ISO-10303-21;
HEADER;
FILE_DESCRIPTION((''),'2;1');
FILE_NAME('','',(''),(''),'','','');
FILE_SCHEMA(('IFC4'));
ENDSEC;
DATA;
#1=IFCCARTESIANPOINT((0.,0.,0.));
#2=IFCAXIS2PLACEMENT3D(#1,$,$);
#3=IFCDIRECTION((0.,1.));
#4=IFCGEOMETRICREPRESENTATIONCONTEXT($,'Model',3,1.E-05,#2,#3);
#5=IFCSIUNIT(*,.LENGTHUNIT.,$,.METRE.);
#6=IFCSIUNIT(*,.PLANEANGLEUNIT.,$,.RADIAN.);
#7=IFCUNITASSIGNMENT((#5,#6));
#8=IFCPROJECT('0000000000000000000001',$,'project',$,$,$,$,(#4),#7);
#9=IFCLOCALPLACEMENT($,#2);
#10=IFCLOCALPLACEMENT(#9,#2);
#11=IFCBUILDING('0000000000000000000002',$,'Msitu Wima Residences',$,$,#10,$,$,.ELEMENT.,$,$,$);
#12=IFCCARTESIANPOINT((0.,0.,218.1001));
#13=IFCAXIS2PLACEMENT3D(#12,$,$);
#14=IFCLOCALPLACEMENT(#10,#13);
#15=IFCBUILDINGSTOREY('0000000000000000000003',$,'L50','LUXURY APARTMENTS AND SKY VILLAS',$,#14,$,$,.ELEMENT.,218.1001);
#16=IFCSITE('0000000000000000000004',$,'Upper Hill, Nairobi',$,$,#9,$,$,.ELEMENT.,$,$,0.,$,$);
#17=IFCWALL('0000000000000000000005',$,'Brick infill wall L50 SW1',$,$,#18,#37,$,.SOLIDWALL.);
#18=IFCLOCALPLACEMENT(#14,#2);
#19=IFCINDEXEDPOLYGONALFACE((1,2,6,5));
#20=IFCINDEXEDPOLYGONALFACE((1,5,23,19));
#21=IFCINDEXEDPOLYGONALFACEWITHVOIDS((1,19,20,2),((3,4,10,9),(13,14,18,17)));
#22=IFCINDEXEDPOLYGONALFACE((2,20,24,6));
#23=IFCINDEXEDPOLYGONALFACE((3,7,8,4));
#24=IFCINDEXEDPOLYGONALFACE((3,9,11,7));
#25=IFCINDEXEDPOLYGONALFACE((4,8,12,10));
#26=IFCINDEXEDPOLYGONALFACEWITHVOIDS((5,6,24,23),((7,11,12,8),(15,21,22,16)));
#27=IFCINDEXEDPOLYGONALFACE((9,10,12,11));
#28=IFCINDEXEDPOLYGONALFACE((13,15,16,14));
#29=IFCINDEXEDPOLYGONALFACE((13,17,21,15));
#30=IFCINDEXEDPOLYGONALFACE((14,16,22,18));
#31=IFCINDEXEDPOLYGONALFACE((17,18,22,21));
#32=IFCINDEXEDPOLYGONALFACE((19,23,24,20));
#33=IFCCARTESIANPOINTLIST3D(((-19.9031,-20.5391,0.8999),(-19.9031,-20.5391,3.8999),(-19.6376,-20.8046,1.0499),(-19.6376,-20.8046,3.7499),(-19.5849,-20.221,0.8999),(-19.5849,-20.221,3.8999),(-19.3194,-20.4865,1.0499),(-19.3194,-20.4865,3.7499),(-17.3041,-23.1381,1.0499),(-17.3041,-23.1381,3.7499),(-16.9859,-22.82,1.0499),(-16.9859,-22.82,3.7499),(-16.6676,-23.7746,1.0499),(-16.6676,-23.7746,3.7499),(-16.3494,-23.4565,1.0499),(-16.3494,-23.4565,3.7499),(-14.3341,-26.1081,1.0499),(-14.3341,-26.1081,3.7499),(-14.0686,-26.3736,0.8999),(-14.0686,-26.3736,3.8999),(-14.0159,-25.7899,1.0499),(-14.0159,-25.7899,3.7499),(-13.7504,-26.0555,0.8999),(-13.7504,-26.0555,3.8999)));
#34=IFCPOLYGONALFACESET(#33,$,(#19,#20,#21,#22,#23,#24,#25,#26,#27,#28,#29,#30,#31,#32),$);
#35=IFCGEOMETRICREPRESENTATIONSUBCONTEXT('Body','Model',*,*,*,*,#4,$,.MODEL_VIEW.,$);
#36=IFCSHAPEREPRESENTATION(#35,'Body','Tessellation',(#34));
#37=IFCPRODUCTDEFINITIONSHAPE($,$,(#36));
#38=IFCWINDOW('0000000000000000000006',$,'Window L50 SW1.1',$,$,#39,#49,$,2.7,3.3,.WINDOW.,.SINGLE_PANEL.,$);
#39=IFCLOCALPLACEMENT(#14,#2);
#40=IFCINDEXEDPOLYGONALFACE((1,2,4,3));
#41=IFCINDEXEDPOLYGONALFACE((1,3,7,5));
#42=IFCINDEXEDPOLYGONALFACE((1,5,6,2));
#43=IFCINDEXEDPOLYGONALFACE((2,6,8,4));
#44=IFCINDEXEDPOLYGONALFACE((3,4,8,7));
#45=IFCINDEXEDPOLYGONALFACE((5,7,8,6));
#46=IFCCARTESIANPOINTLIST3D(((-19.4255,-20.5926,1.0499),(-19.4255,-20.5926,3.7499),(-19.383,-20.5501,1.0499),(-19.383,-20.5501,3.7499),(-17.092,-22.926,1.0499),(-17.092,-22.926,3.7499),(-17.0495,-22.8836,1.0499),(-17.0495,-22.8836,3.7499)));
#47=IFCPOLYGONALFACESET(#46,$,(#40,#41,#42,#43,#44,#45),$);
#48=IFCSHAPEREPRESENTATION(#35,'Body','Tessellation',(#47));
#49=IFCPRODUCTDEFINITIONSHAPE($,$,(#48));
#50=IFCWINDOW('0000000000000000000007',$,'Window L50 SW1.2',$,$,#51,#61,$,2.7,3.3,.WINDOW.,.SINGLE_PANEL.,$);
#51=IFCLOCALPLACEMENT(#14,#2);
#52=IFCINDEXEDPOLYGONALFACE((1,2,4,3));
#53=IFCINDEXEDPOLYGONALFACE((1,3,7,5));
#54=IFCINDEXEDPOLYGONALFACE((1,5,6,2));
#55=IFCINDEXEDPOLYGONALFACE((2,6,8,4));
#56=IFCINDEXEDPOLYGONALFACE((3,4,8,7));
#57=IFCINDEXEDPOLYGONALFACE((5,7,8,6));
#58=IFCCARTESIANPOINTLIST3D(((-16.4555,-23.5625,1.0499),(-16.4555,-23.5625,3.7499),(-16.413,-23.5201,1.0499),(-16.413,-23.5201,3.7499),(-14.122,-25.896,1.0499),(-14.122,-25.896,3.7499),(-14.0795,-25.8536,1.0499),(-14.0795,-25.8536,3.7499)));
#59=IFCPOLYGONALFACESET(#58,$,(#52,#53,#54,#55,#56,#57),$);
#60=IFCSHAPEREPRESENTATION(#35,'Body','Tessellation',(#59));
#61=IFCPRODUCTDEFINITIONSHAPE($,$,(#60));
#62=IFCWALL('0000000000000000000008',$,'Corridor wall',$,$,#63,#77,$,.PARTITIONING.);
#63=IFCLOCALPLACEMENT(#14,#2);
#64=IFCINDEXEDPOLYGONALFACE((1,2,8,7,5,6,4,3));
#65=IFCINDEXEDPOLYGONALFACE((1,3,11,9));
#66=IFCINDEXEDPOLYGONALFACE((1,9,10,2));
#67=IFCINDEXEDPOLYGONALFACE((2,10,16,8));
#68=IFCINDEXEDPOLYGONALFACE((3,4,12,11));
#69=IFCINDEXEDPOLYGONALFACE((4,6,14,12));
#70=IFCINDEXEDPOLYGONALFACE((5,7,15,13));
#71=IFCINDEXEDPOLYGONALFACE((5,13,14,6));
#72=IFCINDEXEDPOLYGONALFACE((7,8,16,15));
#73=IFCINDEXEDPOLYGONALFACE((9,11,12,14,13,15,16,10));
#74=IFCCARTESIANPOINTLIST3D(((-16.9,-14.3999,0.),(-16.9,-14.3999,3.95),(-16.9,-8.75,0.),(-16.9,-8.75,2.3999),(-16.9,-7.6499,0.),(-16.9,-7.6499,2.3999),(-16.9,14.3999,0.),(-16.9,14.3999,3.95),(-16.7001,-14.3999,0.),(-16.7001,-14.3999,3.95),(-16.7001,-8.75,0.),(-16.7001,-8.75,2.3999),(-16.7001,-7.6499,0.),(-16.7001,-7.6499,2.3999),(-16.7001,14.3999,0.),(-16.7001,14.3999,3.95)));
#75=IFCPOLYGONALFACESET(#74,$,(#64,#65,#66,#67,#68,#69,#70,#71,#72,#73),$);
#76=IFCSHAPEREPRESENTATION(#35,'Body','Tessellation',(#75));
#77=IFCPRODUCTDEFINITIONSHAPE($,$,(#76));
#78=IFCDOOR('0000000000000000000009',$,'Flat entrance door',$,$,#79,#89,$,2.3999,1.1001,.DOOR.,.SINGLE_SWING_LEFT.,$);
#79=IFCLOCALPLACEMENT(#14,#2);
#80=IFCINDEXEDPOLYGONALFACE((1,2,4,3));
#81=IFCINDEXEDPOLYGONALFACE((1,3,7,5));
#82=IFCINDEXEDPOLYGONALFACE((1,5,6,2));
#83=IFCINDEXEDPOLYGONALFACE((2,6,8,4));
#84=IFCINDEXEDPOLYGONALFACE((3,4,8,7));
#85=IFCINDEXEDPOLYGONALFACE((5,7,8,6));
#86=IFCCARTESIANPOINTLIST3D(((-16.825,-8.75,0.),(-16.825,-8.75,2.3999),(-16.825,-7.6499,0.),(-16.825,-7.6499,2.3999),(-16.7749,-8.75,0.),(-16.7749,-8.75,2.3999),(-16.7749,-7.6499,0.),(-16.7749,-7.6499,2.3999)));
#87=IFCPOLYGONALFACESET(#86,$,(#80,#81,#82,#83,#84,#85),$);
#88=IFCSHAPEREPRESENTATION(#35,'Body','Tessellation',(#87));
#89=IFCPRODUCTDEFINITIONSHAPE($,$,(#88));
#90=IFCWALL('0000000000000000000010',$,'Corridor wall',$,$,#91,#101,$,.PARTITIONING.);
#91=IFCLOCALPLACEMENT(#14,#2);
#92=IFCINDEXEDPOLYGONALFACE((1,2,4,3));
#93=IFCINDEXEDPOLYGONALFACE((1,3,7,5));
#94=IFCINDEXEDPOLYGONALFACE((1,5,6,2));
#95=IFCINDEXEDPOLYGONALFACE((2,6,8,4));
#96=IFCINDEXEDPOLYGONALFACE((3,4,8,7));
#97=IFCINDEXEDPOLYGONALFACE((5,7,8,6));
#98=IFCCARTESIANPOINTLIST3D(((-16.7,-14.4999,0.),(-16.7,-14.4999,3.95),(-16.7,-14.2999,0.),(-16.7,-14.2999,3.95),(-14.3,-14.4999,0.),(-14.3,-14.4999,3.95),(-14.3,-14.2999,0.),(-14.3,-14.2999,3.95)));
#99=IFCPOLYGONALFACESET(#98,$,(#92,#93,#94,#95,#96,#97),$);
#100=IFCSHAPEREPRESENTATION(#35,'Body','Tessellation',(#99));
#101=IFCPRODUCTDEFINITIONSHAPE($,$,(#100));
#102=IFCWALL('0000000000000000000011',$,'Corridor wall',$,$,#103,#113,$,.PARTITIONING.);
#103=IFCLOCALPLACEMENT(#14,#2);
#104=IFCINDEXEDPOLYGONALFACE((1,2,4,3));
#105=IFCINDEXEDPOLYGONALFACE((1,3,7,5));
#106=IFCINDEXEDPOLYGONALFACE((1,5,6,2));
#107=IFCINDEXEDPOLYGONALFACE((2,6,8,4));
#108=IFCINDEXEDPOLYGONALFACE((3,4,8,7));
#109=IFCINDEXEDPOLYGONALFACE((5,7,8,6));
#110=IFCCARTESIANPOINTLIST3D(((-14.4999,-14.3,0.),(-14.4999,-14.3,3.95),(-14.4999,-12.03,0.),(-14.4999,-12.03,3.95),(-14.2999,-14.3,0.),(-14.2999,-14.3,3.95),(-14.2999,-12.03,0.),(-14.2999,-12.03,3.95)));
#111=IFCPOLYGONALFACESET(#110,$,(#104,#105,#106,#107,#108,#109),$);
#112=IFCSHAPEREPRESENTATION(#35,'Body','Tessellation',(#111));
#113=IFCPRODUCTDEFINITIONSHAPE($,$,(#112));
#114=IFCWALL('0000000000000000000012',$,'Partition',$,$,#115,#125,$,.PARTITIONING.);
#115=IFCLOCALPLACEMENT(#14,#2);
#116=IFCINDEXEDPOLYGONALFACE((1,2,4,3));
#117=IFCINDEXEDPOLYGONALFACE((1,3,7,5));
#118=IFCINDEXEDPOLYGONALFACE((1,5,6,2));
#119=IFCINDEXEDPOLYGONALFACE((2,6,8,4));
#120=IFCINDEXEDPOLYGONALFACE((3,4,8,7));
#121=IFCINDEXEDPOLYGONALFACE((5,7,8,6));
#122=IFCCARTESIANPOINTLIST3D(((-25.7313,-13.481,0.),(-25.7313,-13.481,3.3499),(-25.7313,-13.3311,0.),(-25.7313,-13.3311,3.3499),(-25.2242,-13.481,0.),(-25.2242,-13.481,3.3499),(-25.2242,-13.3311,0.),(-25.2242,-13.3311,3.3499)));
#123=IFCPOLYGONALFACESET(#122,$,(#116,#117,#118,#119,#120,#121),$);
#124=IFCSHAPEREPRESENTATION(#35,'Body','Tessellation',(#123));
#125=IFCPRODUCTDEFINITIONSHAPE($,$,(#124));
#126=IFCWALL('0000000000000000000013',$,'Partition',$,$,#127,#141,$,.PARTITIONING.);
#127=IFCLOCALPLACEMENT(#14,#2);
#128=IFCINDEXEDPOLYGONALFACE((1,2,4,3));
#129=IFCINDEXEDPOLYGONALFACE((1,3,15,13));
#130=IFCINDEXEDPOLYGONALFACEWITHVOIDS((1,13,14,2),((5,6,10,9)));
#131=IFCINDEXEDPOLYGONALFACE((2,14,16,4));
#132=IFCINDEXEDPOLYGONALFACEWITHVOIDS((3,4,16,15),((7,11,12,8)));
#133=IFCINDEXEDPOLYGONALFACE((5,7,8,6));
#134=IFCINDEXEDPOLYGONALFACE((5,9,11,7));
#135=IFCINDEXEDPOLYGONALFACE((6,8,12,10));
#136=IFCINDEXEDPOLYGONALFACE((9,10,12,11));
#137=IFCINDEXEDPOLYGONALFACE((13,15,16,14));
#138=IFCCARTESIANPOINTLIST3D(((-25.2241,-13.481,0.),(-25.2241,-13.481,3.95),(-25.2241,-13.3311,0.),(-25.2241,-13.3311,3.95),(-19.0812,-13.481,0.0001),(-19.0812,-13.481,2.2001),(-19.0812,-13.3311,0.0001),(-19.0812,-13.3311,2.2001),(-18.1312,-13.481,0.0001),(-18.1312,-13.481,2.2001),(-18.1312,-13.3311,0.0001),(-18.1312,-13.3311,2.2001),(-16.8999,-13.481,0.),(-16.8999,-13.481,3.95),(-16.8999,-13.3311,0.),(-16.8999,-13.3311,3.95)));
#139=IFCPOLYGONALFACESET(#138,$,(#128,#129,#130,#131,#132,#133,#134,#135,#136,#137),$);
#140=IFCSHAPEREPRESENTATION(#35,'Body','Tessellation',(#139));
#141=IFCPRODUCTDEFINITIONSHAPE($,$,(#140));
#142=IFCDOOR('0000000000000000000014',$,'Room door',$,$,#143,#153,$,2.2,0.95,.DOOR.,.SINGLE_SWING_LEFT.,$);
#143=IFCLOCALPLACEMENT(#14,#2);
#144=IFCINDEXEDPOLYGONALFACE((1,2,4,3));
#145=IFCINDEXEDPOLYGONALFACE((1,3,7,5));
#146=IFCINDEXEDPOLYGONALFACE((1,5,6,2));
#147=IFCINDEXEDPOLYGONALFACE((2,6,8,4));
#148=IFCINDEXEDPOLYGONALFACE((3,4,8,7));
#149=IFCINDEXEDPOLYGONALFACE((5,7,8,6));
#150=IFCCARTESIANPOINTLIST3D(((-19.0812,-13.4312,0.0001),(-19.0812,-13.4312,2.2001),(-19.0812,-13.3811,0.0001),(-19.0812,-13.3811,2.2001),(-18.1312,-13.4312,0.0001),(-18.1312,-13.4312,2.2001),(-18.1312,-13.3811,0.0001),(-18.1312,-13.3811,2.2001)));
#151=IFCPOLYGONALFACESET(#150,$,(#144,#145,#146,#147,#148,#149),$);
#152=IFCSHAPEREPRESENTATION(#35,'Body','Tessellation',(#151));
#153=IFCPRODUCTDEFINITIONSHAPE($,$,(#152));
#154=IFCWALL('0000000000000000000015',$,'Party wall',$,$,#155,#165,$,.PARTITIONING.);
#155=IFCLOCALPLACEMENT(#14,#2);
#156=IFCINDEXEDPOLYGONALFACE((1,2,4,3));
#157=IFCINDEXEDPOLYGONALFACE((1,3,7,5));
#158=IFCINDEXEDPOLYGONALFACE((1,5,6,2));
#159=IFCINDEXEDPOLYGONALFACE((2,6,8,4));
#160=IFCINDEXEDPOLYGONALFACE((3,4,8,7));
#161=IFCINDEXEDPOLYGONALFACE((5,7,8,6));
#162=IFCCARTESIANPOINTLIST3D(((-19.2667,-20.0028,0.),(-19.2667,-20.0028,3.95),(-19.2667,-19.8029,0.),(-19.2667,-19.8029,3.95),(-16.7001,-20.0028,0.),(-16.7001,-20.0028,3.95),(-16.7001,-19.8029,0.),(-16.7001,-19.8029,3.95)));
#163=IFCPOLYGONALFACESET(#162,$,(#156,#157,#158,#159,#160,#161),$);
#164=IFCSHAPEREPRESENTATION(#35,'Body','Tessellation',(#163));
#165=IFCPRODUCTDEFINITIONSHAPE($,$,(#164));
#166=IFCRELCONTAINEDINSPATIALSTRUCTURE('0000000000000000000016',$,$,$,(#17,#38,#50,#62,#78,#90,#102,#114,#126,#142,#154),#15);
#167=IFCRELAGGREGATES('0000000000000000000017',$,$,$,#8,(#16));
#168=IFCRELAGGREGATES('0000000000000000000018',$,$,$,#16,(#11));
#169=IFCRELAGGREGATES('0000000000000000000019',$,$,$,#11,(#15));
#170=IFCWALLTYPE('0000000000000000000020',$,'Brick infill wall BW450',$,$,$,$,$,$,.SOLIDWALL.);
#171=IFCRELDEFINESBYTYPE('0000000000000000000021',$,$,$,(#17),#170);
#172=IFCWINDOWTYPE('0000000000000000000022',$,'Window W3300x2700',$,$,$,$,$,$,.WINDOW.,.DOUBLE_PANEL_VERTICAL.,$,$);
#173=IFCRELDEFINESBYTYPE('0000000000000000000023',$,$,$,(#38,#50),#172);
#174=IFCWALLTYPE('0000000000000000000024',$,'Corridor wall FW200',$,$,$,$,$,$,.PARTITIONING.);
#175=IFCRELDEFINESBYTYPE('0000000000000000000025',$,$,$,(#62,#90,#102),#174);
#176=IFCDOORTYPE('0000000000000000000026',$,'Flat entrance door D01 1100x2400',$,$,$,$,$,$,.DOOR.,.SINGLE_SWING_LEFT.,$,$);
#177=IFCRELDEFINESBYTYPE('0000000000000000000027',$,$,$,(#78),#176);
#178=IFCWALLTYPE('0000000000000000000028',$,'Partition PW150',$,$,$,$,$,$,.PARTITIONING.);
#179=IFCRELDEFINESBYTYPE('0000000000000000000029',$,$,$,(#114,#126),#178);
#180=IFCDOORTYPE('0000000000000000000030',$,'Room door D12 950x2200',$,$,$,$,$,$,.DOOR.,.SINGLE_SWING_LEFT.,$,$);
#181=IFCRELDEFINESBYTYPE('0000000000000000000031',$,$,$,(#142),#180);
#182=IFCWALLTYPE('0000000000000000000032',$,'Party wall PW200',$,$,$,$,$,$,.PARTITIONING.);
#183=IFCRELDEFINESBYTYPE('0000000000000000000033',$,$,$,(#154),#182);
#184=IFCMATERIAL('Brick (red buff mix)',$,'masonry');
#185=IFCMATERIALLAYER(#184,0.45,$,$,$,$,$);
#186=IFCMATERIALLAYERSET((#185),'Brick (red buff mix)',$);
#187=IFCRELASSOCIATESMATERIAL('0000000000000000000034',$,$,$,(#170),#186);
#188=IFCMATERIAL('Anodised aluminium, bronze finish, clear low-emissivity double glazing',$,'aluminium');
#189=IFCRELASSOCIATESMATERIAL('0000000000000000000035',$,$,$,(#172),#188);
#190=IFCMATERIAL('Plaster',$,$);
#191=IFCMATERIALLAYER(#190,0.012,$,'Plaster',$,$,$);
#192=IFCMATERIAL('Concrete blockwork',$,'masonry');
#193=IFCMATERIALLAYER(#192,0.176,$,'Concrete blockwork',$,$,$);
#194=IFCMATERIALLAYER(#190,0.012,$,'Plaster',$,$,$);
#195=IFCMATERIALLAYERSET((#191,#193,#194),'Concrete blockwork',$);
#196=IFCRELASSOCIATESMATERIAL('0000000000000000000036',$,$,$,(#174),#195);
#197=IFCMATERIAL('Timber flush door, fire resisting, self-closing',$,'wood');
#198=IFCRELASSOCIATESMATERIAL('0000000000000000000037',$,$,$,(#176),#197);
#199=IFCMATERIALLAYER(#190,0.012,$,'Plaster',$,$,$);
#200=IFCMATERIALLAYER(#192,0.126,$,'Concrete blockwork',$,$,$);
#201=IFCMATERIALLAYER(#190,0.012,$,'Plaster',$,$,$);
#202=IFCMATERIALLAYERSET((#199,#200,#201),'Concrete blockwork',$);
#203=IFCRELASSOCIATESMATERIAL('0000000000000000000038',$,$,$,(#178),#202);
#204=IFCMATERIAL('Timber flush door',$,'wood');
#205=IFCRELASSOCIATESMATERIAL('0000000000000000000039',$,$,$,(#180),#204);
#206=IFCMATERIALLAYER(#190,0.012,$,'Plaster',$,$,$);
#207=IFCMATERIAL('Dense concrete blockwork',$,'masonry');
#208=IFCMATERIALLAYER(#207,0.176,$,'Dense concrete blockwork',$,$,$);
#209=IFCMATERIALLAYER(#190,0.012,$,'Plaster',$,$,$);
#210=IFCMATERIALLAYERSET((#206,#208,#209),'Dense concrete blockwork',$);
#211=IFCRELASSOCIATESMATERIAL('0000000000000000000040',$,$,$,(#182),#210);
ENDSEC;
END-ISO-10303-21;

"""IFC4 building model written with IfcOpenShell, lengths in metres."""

from ifc_helpers import new_model, si_unit, direction, frame, frame_2d, origin, place, context, subcontext, project, spatial, rectangle, extrude, material, layer, layer_set, type_object, element, fill, save


model = new_model("IFC4")

# Units and contexts
model_context = context("Model", 3, precision=1e-05, world=origin(), true_north=direction((0.0, 1.0)))
body_context = subcontext(model_context, "Body", "Model", "MODEL_VIEW")
ifc_project = project(units=[si_unit("LENGTHUNIT", "METRE"), si_unit("PLANEANGLEUNIT", "RADIAN")], contexts=[model_context])

# Site, building, storey
site_placement = place(None, origin())
site = spatial("IfcSite", under=ifc_project, at=site_placement, Name="Upper Hill, Nairobi", CompositionType="ELEMENT", RefElevation=0.0)
building_placement = place(site_placement, origin())
building = spatial("IfcBuilding", under=site, at=building_placement, Name="Msitu Wima Residences", CompositionType="ELEMENT")
storey_placement = place(building_placement, frame((0.0, 0.0, 218.1001)))
storey = spatial("IfcBuildingStorey", under=building, at=storey_placement, Name="L50", Description="LUXURY APARTMENTS AND SKY VILLAS", CompositionType="ELEMENT", Elevation=218.1001)

# Shared definitions
ifc_material_1 = material(Name="Brick (red buff mix)", Category="masonry")
ifc_layer_1 = layer(ifc_material_1, 0.45)
ifc_layer_set_1 = layer_set([ifc_layer_1], Name="Brick (red buff mix)")
wall_type_1 = type_object("IfcWallType", Name="Brick infill wall BW450", PredefinedType="SOLIDWALL", material=ifc_layer_set_1)
ifc_material_2 = material(Name="Anodised aluminium, bronze finish, clear low-emissivity double glazing", Category="aluminium")
window_type = type_object("IfcWindowType", Name="Window W3300x2700", PartitioningType="DOUBLE_PANEL_VERTICAL", PredefinedType="WINDOW", material=ifc_material_2)

# Wall, openings, windows
wall_1_placement = place(storey_placement, frame((-19.7439, -20.3801, 0.8999), z_axis=(0.0, 0.0, 1.0), x_axis=(0.707107, -0.707107, 0.0)))
wall_1 = element("IfcWall", 1, at=wall_1_placement, inside=storey, type_object=wall_type_1, Name="Brick infill wall L50 SW1", PredefinedType="SOLIDWALL", context=body_context, shape_type="SweptSolid", body=[
    extrude(rectangle(XDim=8.2512, YDim=0.45, at=frame_2d((4.1255, 0.0))), origin(), (0.0, 0.0, 1.0), 3.0),
])
opening_1_placement = place(wall_1_placement, frame((0.3755, 0.0, 0.1499)))
opening_1 = element("IfcOpeningElement", 2, at=opening_1_placement, cuts=wall_1, PredefinedType="OPENING", context=body_context, shape_type="SweptSolid", body=[
    extrude(rectangle(XDim=3.3, YDim=2.7, at=frame_2d((1.6499, 1.3501))), frame((0.0, 0.2349, 0.0), z_axis=(0.0, -1.0, 0.0), x_axis=(1.0, 0.0, 0.0)), (0.0, 0.0, 1.0), 0.47),
])
opening_2_placement = place(wall_1_placement, frame((4.5757, 0.0, 0.1499)))
opening_2 = element("IfcOpeningElement", 3, at=opening_2_placement, cuts=wall_1, PredefinedType="OPENING", context=body_context, shape_type="SweptSolid", body=[
    extrude(rectangle(XDim=3.3, YDim=2.7, at=frame_2d((1.6499, 1.3501))), frame((0.0, 0.2349, 0.0), z_axis=(0.0, -1.0, 0.0), x_axis=(1.0, 0.0, 0.0)), (0.0, 0.0, 1.0), 0.47),
])
window_1_placement = place(opening_1_placement, origin())
window_1 = element("IfcWindow", 4, at=window_1_placement, inside=storey, type_object=window_type, Name="Window L50 SW1.1", OverallHeight=2.7, OverallWidth=3.3, PartitioningType="SINGLE_PANEL", PredefinedType="WINDOW", context=body_context, shape_type="SweptSolid", body=[
    extrude(rectangle(XDim=3.3, YDim=2.7, at=frame_2d((1.6499, 1.3501))), frame((0.0, 0.135, 0.0), z_axis=(0.0, -1.0, 0.0), x_axis=(1.0, 0.0, 0.0)), (0.0, 0.0, 1.0), 0.0601),
])
fill(opening_1, window_1)
window_2_placement = place(opening_2_placement, origin())
window_2 = element("IfcWindow", 5, at=window_2_placement, inside=storey, type_object=window_type, Name="Window L50 SW1.2", OverallHeight=2.7, OverallWidth=3.3, PartitioningType="SINGLE_PANEL", PredefinedType="WINDOW", context=body_context, shape_type="SweptSolid", body=[
    extrude(rectangle(XDim=3.3, YDim=2.7, at=frame_2d((1.6499, 1.3501))), frame((0.0, 0.135, 0.0), z_axis=(0.0, -1.0, 0.0), x_axis=(1.0, 0.0, 0.0)), (0.0, 0.0, 1.0), 0.0601),
])
fill(opening_2, window_2)

# Wall, opening, door
ifc_material_3 = material(Name="Plaster")
ifc_layer_2 = layer(ifc_material_3, 0.012, Name="Plaster")
ifc_material_4 = material(Name="Concrete blockwork", Category="masonry")
ifc_layer_3 = layer(ifc_material_4, 0.176, Name="Concrete blockwork")
ifc_layer_4 = layer(ifc_material_3, 0.012, Name="Plaster")
ifc_layer_set_2 = layer_set([ifc_layer_2, ifc_layer_3, ifc_layer_4], Name="Concrete blockwork")
wall_type_2 = type_object("IfcWallType", Name="Corridor wall FW200", PredefinedType="PARTITIONING", material=ifc_layer_set_2)
wall_2_placement = place(storey_placement, frame((-16.8, -14.3999, 0.0), z_axis=(0.0, 0.0, 1.0), x_axis=(0.0, 1.0, 0.0)))
wall_2 = element("IfcWall", 6, at=wall_2_placement, inside=storey, type_object=wall_type_2, Name="Corridor wall", PredefinedType="PARTITIONING", context=body_context, shape_type="SweptSolid", body=[
    extrude(rectangle(XDim=28.7998, YDim=0.2, at=frame_2d((14.3999, 0.0))), origin(), (0.0, 0.0, 1.0), 3.95),
])
opening_3_placement = place(wall_2_placement, frame((5.6499, 0.0, 0.0)))
opening_3 = element("IfcOpeningElement", 7, at=opening_3_placement, cuts=wall_2, PredefinedType="OPENING", context=body_context, shape_type="SweptSolid", body=[
    extrude(rectangle(XDim=1.1001, YDim=2.3999, at=frame_2d((0.55, 1.2))), frame((0.0, 0.1099, 0.0), z_axis=(0.0, -1.0, 0.0), x_axis=(1.0, 0.0, 0.0)), (0.0, 0.0, 1.0), 0.22),
])
ifc_material_5 = material(Name="Timber flush door, fire resisting, self-closing", Category="wood")
door_type_1 = type_object("IfcDoorType", Name="Flat entrance door D01 1100x2400", OperationType="SINGLE_SWING_LEFT", PredefinedType="DOOR", material=ifc_material_5)
door_1_placement = place(opening_3_placement, origin())
door_1 = element("IfcDoor", 8, at=door_1_placement, inside=storey, type_object=door_type_1, Name="Flat entrance door", OperationType="SINGLE_SWING_LEFT", OverallHeight=2.3999, OverallWidth=1.1001, PredefinedType="DOOR", context=body_context, shape_type="SweptSolid", body=[
    extrude(rectangle(XDim=1.1001, YDim=2.3999, at=frame_2d((0.55, 1.2))), frame((0.0, 0.0249, 0.0), z_axis=(0.0, -1.0, 0.0), x_axis=(1.0, 0.0, 0.0)), (0.0, 0.0, 1.0), 0.05),
])
fill(opening_3, door_1)

# Walls
wall_3_placement = place(storey_placement, frame((-16.7, -14.3999, 0.0), z_axis=(0.0, 0.0, 1.0), x_axis=(1.0, 0.0, 0.0)))
element("IfcWall", 9, at=wall_3_placement, inside=storey, type_object=wall_type_2, Name="Corridor wall", PredefinedType="PARTITIONING", context=body_context, shape_type="SweptSolid", body=[
    extrude(rectangle(XDim=2.3999, YDim=0.2, at=frame_2d((1.2, 0.0))), origin(), (0.0, 0.0, 1.0), 3.95),
])
wall_4_placement = place(storey_placement, frame((-14.3999, -14.3, 0.0), z_axis=(0.0, 0.0, 1.0), x_axis=(0.0, 1.0, 0.0)))
element("IfcWall", 10, at=wall_4_placement, inside=storey, type_object=wall_type_2, Name="Corridor wall", PredefinedType="PARTITIONING", context=body_context, shape_type="SweptSolid", body=[
    extrude(rectangle(XDim=2.27, YDim=0.2, at=frame_2d((1.135, 0.0))), origin(), (0.0, 0.0, 1.0), 3.95),
])
ifc_layer_5 = layer(ifc_material_3, 0.012, Name="Plaster")
ifc_layer_6 = layer(ifc_material_4, 0.126, Name="Concrete blockwork")
ifc_layer_7 = layer(ifc_material_3, 0.012, Name="Plaster")
ifc_layer_set_3 = layer_set([ifc_layer_5, ifc_layer_6, ifc_layer_7], Name="Concrete blockwork")
wall_type_3 = type_object("IfcWallType", Name="Partition PW150", PredefinedType="PARTITIONING", material=ifc_layer_set_3)
wall_5_placement = place(storey_placement, frame((-25.7312, -13.406, 0.0), z_axis=(0.0, 0.0, 1.0), x_axis=(1.0, 0.0, 0.0)))
element("IfcWall", 11, at=wall_5_placement, inside=storey, type_object=wall_type_3, Name="Partition", PredefinedType="PARTITIONING", context=body_context, shape_type="SweptSolid", body=[
    extrude(rectangle(XDim=0.5071, YDim=0.1499, at=frame_2d((0.2534, 0.0))), origin(), (0.0, 0.0, 1.0), 3.3499),
])

# Wall, opening, door
wall_6_placement = place(storey_placement, frame((-25.2241, -13.406, 0.0), z_axis=(0.0, 0.0, 1.0), x_axis=(1.0, 0.0, 0.0)))
wall_6 = element("IfcWall", 12, at=wall_6_placement, inside=storey, type_object=wall_type_3, Name="Partition", PredefinedType="PARTITIONING", context=body_context, shape_type="SweptSolid", body=[
    extrude(rectangle(XDim=8.3242, YDim=0.1499, at=frame_2d((4.1621, 0.0))), origin(), (0.0, 0.0, 1.0), 3.95),
])
opening_4_placement = place(wall_6_placement, frame((6.1428, 0.0, 0.0)))
opening_4 = element("IfcOpeningElement", 13, at=opening_4_placement, cuts=wall_6, PredefinedType="OPENING", context=body_context, shape_type="SweptSolid", body=[
    extrude(rectangle(XDim=0.95, YDim=2.2, at=frame_2d((0.4751, 1.1001))), frame((0.0, 0.085, 0.0), z_axis=(0.0, -1.0, 0.0), x_axis=(1.0, 0.0, 0.0)), (0.0, 0.0, 1.0), 0.1699),
])
ifc_material_6 = material(Name="Timber flush door", Category="wood")
door_type_2 = type_object("IfcDoorType", Name="Room door D12 950x2200", OperationType="SINGLE_SWING_LEFT", PredefinedType="DOOR", material=ifc_material_6)
door_2_placement = place(opening_4_placement, origin())
door_2 = element("IfcDoor", 14, at=door_2_placement, inside=storey, type_object=door_type_2, Name="Room door", OperationType="SINGLE_SWING_LEFT", OverallHeight=2.2, OverallWidth=0.95, PredefinedType="DOOR", context=body_context, shape_type="SweptSolid", body=[
    extrude(rectangle(XDim=0.95, YDim=2.2, at=frame_2d((0.4751, 1.1001))), frame((0.0, 0.0249, 0.0), z_axis=(0.0, -1.0, 0.0), x_axis=(1.0, 0.0, 0.0)), (0.0, 0.0, 1.0), 0.05),
])
fill(opening_4, door_2)

# Wall
ifc_layer_8 = layer(ifc_material_3, 0.012, Name="Plaster")
ifc_material_7 = material(Name="Dense concrete blockwork", Category="masonry")
ifc_layer_9 = layer(ifc_material_7, 0.176, Name="Dense concrete blockwork")
ifc_layer_10 = layer(ifc_material_3, 0.012, Name="Plaster")
ifc_layer_set_4 = layer_set([ifc_layer_8, ifc_layer_9, ifc_layer_10], Name="Dense concrete blockwork")
wall_type_4 = type_object("IfcWallType", Name="Party wall PW200", PredefinedType="PARTITIONING", material=ifc_layer_set_4)
wall_7_placement = place(storey_placement, frame((-19.2666, -19.9028, 0.0), z_axis=(0.0, 0.0, 1.0), x_axis=(1.0, 0.0, 0.0)))
element("IfcWall", 15, at=wall_7_placement, inside=storey, type_object=wall_type_4, Name="Party wall", PredefinedType="PARTITIONING", context=body_context, shape_type="SweptSolid", body=[
    extrude(rectangle(XDim=2.5667, YDim=0.2, at=frame_2d((1.2832, 0.0))), origin(), (0.0, 0.0, 1.0), 3.95),
])

save(model, "model.ifc")
